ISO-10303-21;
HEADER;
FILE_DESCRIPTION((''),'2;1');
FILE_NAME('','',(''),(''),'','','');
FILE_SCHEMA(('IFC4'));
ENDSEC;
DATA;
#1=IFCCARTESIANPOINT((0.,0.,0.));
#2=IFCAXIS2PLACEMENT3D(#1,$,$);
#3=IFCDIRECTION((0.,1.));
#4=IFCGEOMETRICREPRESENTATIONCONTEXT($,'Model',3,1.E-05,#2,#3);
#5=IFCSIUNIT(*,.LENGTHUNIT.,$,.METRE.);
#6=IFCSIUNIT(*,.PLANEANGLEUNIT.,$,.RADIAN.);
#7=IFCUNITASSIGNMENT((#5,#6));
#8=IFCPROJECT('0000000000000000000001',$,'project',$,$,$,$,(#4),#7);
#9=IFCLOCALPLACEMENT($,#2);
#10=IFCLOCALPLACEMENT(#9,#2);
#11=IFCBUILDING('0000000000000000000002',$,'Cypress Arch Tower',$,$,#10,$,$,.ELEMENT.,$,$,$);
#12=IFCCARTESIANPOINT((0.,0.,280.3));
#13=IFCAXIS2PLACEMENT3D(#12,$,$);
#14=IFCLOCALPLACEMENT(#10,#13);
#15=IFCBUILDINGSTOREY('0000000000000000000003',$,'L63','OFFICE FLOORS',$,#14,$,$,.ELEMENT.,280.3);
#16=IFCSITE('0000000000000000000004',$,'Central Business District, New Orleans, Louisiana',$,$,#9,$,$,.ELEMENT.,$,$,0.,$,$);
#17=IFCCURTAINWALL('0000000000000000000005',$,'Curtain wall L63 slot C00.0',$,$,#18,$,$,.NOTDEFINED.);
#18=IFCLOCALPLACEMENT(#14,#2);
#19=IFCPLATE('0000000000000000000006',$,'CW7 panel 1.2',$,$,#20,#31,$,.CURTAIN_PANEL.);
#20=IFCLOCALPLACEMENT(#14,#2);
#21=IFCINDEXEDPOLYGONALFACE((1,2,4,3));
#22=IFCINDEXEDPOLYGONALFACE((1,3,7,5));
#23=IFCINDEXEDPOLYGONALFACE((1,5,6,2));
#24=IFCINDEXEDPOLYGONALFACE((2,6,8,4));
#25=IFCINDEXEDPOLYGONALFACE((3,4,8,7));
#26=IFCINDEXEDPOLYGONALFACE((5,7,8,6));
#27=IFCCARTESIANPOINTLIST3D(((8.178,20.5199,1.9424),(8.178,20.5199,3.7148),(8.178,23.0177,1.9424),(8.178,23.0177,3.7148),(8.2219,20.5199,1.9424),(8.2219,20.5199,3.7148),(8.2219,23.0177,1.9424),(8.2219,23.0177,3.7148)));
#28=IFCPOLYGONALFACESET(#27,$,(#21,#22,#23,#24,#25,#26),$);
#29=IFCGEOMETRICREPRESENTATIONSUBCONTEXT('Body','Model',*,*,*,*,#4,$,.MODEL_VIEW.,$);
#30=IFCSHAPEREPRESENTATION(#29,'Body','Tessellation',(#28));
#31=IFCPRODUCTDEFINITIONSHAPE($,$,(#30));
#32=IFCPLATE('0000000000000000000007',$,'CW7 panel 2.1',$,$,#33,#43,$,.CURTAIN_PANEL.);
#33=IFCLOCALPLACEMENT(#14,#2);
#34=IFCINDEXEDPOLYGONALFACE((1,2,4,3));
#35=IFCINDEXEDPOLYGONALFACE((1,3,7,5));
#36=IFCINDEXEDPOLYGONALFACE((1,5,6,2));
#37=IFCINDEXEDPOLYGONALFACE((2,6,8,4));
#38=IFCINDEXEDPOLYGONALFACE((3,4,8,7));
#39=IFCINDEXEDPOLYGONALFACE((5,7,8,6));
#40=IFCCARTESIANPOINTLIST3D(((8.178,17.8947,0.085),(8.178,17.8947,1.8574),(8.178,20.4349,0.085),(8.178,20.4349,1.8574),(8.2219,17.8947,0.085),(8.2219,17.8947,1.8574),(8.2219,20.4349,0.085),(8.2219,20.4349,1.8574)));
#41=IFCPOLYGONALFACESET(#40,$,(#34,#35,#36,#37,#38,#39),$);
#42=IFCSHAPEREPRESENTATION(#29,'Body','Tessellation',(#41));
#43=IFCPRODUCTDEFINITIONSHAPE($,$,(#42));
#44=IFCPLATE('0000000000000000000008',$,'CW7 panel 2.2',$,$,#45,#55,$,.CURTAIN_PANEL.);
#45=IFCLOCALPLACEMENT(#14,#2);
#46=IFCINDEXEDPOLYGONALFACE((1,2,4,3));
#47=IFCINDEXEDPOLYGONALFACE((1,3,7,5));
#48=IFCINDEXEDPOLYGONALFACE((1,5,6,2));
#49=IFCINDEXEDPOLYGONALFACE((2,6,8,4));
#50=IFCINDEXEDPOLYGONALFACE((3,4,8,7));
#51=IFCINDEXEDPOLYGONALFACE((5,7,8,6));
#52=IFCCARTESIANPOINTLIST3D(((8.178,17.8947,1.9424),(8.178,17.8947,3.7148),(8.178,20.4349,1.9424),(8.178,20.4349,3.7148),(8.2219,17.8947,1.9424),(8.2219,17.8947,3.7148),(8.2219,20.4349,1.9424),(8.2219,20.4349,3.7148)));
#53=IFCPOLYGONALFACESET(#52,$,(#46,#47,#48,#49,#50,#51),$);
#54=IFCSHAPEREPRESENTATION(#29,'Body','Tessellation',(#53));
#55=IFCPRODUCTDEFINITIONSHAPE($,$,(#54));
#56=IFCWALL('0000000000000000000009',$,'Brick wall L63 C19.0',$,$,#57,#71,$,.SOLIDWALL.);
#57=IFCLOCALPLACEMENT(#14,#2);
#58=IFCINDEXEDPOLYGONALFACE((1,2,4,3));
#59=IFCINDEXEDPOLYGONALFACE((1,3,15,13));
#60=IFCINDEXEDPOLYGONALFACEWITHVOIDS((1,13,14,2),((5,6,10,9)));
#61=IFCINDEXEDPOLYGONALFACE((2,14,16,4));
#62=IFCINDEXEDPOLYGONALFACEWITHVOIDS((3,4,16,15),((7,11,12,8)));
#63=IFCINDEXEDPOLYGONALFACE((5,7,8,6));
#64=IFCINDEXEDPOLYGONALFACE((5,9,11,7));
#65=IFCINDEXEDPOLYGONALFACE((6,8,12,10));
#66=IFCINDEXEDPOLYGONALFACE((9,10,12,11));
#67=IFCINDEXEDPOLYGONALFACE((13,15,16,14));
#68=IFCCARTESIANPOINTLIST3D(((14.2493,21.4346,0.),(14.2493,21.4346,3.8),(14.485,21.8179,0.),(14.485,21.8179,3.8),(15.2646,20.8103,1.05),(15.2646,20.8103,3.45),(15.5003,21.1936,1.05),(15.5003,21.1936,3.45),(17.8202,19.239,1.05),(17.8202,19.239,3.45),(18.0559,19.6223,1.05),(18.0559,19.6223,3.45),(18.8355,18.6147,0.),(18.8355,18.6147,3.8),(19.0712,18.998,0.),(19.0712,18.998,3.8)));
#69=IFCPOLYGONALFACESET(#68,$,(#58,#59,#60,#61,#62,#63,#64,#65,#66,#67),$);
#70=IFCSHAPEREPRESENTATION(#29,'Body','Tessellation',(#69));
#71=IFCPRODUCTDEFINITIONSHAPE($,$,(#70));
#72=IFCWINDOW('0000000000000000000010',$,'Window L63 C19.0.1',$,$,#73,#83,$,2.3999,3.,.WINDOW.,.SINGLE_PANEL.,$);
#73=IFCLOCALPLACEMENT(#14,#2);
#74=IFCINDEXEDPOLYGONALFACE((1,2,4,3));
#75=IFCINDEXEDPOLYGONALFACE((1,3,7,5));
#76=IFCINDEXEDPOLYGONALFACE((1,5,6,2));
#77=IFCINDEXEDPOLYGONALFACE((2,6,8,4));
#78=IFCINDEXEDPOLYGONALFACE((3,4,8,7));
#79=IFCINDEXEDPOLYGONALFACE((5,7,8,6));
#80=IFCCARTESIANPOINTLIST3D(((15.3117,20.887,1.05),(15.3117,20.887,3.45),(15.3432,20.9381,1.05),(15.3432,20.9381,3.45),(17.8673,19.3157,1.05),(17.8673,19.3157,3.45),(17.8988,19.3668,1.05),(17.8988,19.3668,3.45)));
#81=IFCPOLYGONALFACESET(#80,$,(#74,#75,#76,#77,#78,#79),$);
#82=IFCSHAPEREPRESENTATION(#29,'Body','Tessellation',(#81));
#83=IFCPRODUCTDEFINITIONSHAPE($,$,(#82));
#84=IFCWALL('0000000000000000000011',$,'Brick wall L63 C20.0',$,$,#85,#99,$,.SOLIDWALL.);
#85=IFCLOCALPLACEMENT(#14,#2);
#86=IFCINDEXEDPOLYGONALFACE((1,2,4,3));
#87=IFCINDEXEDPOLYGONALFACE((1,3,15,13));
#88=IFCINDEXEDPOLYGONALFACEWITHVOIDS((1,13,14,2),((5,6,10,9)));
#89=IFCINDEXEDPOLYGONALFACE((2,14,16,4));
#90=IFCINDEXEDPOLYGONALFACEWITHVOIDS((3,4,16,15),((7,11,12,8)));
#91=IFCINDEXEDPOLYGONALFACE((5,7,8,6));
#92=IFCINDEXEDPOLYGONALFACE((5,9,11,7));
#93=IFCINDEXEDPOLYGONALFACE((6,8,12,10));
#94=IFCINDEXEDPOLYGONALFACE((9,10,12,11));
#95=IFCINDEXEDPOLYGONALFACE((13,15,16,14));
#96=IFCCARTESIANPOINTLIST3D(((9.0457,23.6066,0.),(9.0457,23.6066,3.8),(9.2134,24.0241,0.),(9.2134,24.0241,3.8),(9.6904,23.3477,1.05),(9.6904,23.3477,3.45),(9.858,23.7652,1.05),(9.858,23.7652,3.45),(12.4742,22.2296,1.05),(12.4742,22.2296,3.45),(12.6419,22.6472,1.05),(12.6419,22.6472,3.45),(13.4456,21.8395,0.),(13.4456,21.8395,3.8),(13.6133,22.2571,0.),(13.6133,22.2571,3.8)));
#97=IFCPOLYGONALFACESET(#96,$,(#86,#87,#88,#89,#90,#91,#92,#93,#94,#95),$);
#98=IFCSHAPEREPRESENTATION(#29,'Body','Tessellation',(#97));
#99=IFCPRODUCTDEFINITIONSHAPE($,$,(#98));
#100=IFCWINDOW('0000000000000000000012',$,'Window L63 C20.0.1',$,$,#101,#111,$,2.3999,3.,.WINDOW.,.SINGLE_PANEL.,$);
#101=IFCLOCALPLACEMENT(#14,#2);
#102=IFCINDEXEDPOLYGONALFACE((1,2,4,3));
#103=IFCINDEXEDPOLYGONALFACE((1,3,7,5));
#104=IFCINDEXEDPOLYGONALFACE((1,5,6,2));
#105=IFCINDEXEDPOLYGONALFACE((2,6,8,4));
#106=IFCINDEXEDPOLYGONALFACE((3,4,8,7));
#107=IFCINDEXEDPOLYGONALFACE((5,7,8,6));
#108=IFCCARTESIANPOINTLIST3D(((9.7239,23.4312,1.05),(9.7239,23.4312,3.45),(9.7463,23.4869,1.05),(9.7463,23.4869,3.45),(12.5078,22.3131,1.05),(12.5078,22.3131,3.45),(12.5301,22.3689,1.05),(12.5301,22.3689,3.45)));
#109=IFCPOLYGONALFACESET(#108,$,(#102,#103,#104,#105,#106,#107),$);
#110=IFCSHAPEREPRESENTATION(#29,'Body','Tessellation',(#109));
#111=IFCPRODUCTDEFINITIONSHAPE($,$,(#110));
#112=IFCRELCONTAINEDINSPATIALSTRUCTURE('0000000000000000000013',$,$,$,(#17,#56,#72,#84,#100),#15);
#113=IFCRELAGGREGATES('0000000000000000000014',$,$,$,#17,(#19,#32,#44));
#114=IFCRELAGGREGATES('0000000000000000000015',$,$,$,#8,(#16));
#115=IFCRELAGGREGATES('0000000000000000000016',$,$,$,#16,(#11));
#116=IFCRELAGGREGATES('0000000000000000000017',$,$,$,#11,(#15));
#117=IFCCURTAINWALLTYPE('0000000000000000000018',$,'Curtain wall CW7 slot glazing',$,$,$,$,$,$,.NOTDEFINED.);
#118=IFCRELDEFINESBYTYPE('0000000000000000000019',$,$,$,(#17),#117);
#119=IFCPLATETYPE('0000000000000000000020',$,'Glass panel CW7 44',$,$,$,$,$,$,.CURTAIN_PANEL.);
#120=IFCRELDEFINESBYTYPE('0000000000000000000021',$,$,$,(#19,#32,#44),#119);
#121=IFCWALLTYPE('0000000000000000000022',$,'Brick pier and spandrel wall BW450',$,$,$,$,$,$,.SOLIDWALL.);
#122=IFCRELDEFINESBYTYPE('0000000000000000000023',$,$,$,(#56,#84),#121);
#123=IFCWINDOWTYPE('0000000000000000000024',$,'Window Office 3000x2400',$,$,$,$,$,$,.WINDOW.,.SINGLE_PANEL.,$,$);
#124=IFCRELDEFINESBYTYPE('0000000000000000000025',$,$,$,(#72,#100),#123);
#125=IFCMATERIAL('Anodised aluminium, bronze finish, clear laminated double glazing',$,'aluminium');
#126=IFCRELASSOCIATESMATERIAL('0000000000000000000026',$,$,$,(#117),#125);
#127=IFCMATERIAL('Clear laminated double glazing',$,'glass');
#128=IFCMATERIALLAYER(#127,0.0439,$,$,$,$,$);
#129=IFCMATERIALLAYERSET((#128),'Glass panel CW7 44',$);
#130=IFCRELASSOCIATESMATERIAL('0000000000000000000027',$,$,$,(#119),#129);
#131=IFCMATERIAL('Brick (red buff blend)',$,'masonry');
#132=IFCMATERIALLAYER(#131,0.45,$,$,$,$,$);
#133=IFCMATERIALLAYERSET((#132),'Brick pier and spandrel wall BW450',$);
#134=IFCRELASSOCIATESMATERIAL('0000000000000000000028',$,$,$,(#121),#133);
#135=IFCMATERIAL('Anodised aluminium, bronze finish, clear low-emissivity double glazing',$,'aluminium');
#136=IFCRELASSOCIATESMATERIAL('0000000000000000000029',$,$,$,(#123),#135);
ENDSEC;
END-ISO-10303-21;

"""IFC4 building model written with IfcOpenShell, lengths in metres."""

from ifc_helpers import new_model, si_unit, direction, frame, frame_2d, origin, origin_2d, place, context, subcontext, project, spatial, rectangle, extrude, material, layer, layer_set, type_object, element, fill, aggregate, save


model = new_model("IFC4")

# Units and contexts
model_context = context("Model", 3, precision=1e-05, world=origin(), true_north=direction((0.0, 1.0)))
body_context = subcontext(model_context, "Body", "Model", "MODEL_VIEW")
ifc_project = project(units=[si_unit("LENGTHUNIT", "METRE"), si_unit("PLANEANGLEUNIT", "RADIAN")], contexts=[model_context])

# Site, building, storey
site_placement = place(None, origin())
site = spatial("IfcSite", under=ifc_project, at=site_placement, Name="Central Business District, New Orleans, Louisiana", CompositionType="ELEMENT", RefElevation=0.0)
building_placement = place(site_placement, origin())
building = spatial("IfcBuilding", under=site, at=building_placement, Name="Cypress Arch Tower", CompositionType="ELEMENT")
storey_placement = place(building_placement, frame((0.0, 0.0, 280.3)))
storey = spatial("IfcBuildingStorey", under=building, at=storey_placement, Name="L63", Description="OFFICE FLOORS", CompositionType="ELEMENT", Elevation=280.3)

# Curtain wall
ifc_material_1 = material(Name="Anodised aluminium, bronze finish, clear laminated double glazing", Category="aluminium")
curtain_wall_type = type_object("IfcCurtainWallType", Name="Curtain wall CW7 slot glazing", PredefinedType="NOTDEFINED", material=ifc_material_1)
curtain_wall_placement = place(storey_placement, origin())
curtain_wall = element("IfcCurtainWall", 1, at=curtain_wall_placement, inside=storey, type_object=curtain_wall_type, Name="Curtain wall L63 slot C00.0", PredefinedType="NOTDEFINED")

# Plates
ifc_material_2 = material(Name="Clear laminated double glazing", Category="glass")
ifc_layer_1 = layer(ifc_material_2, 0.0439)
ifc_layer_set_1 = layer_set([ifc_layer_1], Name="Glass panel CW7 44")
plate_type = type_object("IfcPlateType", Name="Glass panel CW7 44", PredefinedType="CURTAIN_PANEL", material=ifc_layer_set_1)
plate_1_placement = place(storey_placement, frame((8.2, 21.7688, 1.9424), z_axis=(0.0, 0.0, 1.0), x_axis=(0.0, -1.0, 0.0)))
plate_1 = element("IfcPlate", 2, at=plate_1_placement, type_object=plate_type, Name="CW7 panel 1.2", PredefinedType="CURTAIN_PANEL", context=body_context, shape_type="SweptSolid", body=[
    extrude(rectangle(XDim=2.4978, YDim=0.0439, at=origin_2d()), origin(), (0.0, 0.0, 1.0), 1.7725),
])
plate_2_placement = place(storey_placement, frame((8.2, 19.1648, 0.085), z_axis=(0.0, 0.0, 1.0), x_axis=(0.0, -1.0, 0.0)))
plate_2 = element("IfcPlate", 3, at=plate_2_placement, type_object=plate_type, Name="CW7 panel 2.1", PredefinedType="CURTAIN_PANEL", context=body_context, shape_type="SweptSolid", body=[
    extrude(rectangle(XDim=2.5403, YDim=0.0439, at=origin_2d()), origin(), (0.0, 0.0, 1.0), 1.7725),
])
plate_3_placement = place(storey_placement, frame((8.2, 19.1648, 1.9424), z_axis=(0.0, 0.0, 1.0), x_axis=(0.0, -1.0, 0.0)))
plate_3 = element("IfcPlate", 4, at=plate_3_placement, type_object=plate_type, Name="CW7 panel 2.2", PredefinedType="CURTAIN_PANEL", context=body_context, shape_type="SweptSolid", body=[
    extrude(rectangle(XDim=2.5403, YDim=0.0439, at=origin_2d()), origin(), (0.0, 0.0, 1.0), 1.7725),
])
aggregate(curtain_wall, [plate_1, plate_2, plate_3])

# Walls, openings, windows
ifc_material_3 = material(Name="Brick (red buff blend)", Category="masonry")
ifc_layer_2 = layer(ifc_material_3, 0.45)
ifc_layer_set_2 = layer_set([ifc_layer_2], Name="Brick pier and spandrel wall BW450")
wall_type = type_object("IfcWallType", Name="Brick pier and spandrel wall BW450", PredefinedType="SOLIDWALL", material=ifc_layer_set_2)
wall_1_placement = place(storey_placement, frame((18.9534, 18.8064, 0.0), z_axis=(0.0, 0.0, 1.0), x_axis=(-0.851861, 0.523768, 0.0)))
wall_1 = element("IfcWall", 5, at=wall_1_placement, inside=storey, type_object=wall_type, Name="Brick wall L63 C19.0", PredefinedType="SOLIDWALL", context=body_context, shape_type="SweptSolid", body=[
    extrude(rectangle(XDim=5.3838, YDim=0.45, at=frame_2d((2.6919, 0.0))), origin(), (0.0, 0.0, 1.0), 3.8),
])
opening_1_placement = place(wall_1_placement, frame((1.1919, 0.0, 1.05)))
opening_1 = element("IfcOpeningElement", 6, at=opening_1_placement, cuts=wall_1, PredefinedType="OPENING", context=body_context, shape_type="SweptSolid", body=[
    extrude(rectangle(XDim=3.0, YDim=2.3999, at=frame_2d((1.5, 1.2))), frame((0.0, 0.2349, 0.0), z_axis=(0.0, -1.0, 0.0), x_axis=(1.0, 0.0, 0.0)), (0.0, 0.0, 1.0), 0.47),
])
ifc_material_4 = material(Name="Anodised aluminium, bronze finish, clear low-emissivity double glazing", Category="aluminium")
window_type = type_object("IfcWindowType", Name="Window Office 3000x2400", PartitioningType="SINGLE_PANEL", PredefinedType="WINDOW", material=ifc_material_4)
window_1_placement = place(opening_1_placement, origin())
window_1 = element("IfcWindow", 7, at=window_1_placement, inside=storey, type_object=window_type, Name="Window L63 C19.0.1", OverallHeight=2.3999, OverallWidth=3.0, PartitioningType="SINGLE_PANEL", PredefinedType="WINDOW", context=body_context, shape_type="SweptSolid", body=[
    extrude(rectangle(XDim=3.0, YDim=2.3999, at=frame_2d((1.5, 1.2))), frame((0.0, 0.135, 0.0), z_axis=(0.0, -1.0, 0.0), x_axis=(1.0, 0.0, 0.0)), (0.0, 0.0, 1.0), 0.0601),
])
fill(opening_1, window_1)
wall_2_placement = place(storey_placement, frame((13.5293, 22.0483, 0.0), z_axis=(0.0, 0.0, 1.0), x_axis=(-0.927957, 0.372686, 0.0)))
wall_2 = element("IfcWall", 8, at=wall_2_placement, inside=storey, type_object=wall_type, Name="Brick wall L63 C20.0", PredefinedType="SOLIDWALL", context=body_context, shape_type="SweptSolid", body=[
    extrude(rectangle(XDim=4.7415, YDim=0.45, at=frame_2d((2.3706, 0.0))), origin(), (0.0, 0.0, 1.0), 3.8),
])
opening_2_placement = place(wall_2_placement, frame((1.0466, 0.0, 1.05)))
opening_2 = element("IfcOpeningElement", 9, at=opening_2_placement, cuts=wall_2, PredefinedType="OPENING", context=body_context, shape_type="SweptSolid", body=[
    extrude(rectangle(XDim=3.0, YDim=2.3999, at=frame_2d((1.5, 1.2))), frame((0.0, 0.2349, 0.0), z_axis=(0.0, -1.0, 0.0), x_axis=(1.0, 0.0, 0.0)), (0.0, 0.0, 1.0), 0.47),
])
window_2_placement = place(opening_2_placement, origin())
window_2 = element("IfcWindow", 10, at=window_2_placement, inside=storey, type_object=window_type, Name="Window L63 C20.0.1", OverallHeight=2.3999, OverallWidth=3.0, PartitioningType="SINGLE_PANEL", PredefinedType="WINDOW", context=body_context, shape_type="SweptSolid", body=[
    extrude(rectangle(XDim=3.0, YDim=2.3999, at=frame_2d((1.5, 1.2))), frame((0.0, 0.135, 0.0), z_axis=(0.0, -1.0, 0.0), x_axis=(1.0, 0.0, 0.0)), (0.0, 0.0, 1.0), 0.0601),
])
fill(opening_2, window_2)

save(model, "model.ifc")
